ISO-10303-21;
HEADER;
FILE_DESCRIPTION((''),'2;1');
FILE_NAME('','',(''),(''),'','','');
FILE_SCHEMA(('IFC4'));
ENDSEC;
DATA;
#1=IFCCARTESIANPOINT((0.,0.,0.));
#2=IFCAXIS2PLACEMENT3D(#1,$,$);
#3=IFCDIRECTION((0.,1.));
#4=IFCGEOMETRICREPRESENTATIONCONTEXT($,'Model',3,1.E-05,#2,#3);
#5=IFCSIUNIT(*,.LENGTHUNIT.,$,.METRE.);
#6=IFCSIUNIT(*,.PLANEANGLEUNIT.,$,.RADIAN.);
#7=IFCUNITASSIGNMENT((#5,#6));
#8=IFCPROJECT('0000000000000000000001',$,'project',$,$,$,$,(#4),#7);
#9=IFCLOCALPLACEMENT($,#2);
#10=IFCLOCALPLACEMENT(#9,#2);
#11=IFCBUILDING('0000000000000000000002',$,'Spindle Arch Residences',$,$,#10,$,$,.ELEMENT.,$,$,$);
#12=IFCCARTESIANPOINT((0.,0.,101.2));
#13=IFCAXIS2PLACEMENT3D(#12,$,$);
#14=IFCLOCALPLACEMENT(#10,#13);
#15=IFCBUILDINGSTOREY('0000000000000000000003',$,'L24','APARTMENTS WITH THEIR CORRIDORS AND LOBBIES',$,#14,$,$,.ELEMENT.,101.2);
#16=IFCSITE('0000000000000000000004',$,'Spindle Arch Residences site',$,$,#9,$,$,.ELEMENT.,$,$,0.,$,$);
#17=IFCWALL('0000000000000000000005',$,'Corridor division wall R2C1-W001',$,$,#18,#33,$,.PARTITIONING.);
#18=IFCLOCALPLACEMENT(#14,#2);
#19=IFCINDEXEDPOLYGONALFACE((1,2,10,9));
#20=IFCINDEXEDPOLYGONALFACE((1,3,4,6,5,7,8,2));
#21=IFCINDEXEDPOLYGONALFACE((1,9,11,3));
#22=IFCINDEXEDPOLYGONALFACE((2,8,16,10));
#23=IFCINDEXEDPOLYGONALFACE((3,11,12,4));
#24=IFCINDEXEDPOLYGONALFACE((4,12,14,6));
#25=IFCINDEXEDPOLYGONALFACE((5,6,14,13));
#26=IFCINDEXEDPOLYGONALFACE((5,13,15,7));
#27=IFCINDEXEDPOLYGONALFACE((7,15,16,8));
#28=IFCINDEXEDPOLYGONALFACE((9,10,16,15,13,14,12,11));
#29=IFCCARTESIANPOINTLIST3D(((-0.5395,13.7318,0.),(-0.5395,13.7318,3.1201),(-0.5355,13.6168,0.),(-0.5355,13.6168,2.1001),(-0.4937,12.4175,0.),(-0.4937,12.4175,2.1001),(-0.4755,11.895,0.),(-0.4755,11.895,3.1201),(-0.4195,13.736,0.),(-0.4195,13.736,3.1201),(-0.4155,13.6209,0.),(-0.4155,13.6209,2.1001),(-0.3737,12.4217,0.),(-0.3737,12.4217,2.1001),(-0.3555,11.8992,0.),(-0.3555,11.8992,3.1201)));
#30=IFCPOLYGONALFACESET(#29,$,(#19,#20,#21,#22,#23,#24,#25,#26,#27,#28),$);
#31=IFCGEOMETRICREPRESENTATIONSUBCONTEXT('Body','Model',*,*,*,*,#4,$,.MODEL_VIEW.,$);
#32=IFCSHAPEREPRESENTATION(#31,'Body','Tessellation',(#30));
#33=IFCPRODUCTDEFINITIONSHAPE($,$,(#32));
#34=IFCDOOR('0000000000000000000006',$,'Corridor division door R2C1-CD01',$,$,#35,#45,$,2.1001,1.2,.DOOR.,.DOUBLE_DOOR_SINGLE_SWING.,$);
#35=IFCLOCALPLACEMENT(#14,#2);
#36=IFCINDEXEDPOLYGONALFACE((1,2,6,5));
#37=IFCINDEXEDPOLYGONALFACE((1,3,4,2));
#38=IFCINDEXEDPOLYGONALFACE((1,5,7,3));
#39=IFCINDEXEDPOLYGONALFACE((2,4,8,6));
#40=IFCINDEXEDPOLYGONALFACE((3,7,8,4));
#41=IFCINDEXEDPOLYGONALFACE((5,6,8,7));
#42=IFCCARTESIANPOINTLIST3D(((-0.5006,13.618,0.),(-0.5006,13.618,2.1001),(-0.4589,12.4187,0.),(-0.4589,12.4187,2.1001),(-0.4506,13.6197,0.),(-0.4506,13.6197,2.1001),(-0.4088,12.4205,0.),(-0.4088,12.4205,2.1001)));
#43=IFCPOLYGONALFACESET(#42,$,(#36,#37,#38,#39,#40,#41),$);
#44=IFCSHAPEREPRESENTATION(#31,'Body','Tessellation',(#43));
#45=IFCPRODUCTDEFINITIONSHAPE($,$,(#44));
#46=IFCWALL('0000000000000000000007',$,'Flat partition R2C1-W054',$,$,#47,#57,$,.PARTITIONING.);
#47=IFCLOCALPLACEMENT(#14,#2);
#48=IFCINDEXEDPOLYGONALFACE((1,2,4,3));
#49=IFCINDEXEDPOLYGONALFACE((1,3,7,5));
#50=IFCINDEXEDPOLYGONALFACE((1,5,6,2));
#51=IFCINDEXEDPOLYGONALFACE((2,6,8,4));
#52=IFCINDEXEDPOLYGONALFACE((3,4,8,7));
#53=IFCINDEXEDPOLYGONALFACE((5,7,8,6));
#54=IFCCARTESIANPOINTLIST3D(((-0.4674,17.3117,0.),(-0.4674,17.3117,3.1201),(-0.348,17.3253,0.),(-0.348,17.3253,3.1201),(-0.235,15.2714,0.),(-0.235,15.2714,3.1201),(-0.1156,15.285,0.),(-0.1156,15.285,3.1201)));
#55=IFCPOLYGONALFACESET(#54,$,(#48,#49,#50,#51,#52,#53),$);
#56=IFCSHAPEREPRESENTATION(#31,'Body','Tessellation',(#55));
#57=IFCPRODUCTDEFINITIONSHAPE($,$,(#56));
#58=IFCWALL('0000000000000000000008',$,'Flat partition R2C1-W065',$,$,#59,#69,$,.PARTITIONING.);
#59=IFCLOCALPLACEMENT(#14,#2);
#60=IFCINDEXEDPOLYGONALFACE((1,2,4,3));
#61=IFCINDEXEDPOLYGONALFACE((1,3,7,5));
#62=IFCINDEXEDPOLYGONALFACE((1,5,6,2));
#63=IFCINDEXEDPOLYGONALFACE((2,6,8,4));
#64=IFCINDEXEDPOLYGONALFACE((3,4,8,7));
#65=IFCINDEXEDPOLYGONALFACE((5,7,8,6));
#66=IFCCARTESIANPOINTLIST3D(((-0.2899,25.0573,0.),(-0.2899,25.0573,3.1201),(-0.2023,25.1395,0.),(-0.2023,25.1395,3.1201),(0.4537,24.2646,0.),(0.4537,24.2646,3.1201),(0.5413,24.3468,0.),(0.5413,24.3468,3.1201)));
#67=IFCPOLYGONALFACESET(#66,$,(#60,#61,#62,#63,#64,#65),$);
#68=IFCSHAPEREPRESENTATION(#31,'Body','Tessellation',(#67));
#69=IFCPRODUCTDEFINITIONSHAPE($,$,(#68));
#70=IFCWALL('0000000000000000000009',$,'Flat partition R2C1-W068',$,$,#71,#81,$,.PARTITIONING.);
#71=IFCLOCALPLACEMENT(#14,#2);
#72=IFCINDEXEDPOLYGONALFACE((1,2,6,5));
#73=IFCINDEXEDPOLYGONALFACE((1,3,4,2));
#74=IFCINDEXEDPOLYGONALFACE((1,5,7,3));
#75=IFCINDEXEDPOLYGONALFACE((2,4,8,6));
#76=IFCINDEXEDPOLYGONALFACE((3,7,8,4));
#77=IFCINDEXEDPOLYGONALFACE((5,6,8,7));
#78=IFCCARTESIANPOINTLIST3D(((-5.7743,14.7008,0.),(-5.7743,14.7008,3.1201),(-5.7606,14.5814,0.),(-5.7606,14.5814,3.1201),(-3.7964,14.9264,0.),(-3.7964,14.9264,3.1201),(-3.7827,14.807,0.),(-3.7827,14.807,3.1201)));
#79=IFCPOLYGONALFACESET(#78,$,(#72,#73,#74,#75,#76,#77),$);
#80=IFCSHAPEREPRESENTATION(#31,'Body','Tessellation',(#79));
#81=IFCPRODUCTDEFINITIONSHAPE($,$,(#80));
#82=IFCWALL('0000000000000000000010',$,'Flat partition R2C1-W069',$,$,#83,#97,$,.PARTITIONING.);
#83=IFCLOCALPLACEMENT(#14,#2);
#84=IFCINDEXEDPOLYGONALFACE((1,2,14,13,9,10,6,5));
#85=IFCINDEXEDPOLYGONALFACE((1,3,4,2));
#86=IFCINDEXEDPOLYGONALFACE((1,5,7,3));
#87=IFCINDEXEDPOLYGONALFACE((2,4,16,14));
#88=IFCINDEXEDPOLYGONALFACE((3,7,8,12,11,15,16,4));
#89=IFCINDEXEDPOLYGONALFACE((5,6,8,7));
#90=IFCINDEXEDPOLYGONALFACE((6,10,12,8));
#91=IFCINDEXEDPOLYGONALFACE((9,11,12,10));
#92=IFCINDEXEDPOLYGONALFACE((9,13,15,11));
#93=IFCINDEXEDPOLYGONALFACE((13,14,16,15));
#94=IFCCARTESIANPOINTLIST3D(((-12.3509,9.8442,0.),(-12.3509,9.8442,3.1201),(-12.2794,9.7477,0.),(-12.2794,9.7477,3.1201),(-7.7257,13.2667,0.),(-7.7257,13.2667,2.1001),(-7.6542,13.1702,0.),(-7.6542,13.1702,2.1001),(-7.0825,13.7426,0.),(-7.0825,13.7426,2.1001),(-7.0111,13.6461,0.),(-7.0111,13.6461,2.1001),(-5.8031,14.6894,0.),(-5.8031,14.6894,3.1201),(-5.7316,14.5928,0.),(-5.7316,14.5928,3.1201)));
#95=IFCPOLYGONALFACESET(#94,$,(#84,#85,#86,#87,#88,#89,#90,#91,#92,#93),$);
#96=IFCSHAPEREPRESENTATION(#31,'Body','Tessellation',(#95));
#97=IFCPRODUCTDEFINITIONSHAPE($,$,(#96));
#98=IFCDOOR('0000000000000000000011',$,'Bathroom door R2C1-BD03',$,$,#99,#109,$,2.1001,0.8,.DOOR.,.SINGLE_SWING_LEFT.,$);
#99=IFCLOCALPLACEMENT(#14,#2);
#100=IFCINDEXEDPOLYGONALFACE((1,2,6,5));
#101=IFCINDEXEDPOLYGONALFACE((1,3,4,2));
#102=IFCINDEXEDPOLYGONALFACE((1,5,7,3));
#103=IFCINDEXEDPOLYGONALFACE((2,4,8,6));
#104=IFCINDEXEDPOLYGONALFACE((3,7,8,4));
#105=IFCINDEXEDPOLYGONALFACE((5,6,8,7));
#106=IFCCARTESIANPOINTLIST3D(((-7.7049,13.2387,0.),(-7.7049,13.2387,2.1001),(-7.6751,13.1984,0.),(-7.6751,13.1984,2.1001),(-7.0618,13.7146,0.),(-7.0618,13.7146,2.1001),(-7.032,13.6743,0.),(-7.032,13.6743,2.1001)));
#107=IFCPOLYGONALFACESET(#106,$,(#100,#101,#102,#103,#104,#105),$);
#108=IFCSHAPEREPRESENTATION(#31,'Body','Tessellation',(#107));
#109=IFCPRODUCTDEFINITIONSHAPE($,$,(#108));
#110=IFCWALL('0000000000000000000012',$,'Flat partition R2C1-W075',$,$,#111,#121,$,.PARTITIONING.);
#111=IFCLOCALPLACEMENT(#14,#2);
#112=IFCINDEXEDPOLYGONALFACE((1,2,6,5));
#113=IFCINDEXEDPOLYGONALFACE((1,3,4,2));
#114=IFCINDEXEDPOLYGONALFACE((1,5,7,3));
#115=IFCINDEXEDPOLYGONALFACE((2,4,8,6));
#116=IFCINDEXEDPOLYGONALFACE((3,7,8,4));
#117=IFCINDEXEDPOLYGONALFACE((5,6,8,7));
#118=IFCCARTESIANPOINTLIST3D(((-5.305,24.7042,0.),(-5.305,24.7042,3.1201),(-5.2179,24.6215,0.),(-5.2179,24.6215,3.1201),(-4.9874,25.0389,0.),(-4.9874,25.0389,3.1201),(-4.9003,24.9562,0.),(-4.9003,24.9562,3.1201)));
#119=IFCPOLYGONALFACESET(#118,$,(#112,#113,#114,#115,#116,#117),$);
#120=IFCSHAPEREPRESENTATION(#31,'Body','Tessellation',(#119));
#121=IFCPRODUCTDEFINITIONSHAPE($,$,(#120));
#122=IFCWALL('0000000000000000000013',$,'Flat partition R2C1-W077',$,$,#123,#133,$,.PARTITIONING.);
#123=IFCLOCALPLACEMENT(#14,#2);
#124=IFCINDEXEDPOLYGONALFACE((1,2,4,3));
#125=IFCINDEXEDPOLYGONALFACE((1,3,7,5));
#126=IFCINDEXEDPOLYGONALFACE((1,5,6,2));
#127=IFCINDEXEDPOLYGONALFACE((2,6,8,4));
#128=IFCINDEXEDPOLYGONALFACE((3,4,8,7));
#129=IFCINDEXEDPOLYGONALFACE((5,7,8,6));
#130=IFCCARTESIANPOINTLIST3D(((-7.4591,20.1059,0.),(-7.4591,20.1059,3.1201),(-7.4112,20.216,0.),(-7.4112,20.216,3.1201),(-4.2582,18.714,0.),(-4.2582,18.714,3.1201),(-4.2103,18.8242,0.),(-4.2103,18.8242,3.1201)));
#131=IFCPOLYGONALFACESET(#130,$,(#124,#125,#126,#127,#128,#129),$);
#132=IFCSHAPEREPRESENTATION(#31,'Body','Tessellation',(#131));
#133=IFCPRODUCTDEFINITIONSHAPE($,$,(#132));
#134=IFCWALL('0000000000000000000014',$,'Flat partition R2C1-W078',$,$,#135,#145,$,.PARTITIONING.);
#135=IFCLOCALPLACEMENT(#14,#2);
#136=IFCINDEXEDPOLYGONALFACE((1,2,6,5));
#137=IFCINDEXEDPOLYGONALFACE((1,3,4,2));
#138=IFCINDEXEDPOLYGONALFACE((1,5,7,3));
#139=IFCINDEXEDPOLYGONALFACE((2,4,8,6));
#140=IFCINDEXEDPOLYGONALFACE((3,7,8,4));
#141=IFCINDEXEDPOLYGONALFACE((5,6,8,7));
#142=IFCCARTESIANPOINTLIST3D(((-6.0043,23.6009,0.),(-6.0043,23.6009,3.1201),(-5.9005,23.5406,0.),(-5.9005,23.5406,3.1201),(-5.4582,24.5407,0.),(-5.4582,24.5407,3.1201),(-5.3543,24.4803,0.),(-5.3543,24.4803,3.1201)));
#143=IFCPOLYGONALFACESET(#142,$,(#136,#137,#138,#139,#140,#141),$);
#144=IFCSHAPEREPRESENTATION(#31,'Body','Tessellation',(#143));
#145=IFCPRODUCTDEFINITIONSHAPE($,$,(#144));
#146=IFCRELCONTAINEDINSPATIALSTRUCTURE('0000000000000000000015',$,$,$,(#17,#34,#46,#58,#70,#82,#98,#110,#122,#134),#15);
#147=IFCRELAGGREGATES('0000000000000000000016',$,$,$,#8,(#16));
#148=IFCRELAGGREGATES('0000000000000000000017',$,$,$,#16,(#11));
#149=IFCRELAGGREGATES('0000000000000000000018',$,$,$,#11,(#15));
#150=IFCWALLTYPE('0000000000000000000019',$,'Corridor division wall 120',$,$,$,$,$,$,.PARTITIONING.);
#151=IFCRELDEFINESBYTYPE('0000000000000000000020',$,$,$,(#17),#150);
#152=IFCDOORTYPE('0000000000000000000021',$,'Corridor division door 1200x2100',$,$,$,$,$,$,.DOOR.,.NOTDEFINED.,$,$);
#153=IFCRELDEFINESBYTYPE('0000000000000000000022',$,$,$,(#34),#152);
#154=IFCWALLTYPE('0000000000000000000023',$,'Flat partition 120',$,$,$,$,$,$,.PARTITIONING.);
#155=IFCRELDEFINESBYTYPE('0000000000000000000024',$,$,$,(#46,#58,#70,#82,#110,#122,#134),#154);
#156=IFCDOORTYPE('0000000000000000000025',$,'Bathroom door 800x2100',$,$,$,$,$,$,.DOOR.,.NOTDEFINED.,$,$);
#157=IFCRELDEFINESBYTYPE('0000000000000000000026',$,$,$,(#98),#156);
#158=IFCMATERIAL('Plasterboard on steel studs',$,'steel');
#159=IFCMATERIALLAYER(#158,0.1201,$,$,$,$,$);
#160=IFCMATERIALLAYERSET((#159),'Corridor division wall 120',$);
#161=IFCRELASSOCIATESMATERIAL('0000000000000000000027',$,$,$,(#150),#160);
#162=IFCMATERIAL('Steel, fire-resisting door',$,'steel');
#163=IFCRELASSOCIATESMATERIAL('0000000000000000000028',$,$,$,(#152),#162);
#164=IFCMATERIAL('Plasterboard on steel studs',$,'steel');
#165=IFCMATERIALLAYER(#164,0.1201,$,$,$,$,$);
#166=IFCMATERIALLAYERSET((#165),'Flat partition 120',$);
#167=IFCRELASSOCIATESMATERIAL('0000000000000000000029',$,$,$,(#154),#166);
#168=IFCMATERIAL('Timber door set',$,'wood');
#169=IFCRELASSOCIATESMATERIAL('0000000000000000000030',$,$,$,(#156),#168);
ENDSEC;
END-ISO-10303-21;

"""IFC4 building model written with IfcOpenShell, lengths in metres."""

from ifc_helpers import new_model, si_unit, direction, frame, frame_2d, origin, place, context, subcontext, project, spatial, rectangle, extrude, material, layer, layer_set, type_object, element, fill, save


model = new_model("IFC4")

# Units and contexts
model_context = context("Model", 3, precision=1e-05, world=origin(), true_north=direction((0.0, 1.0)))
body_context = subcontext(model_context, "Body", "Model", "MODEL_VIEW")
ifc_project = project(units=[si_unit("LENGTHUNIT", "METRE"), si_unit("PLANEANGLEUNIT", "RADIAN")], contexts=[model_context])

# Site, building, storey
site_placement = place(None, origin())
site = spatial("IfcSite", under=ifc_project, at=site_placement, Name="Spindle Arch Residences site", CompositionType="ELEMENT", RefElevation=0.0)
building_placement = place(site_placement, origin())
building = spatial("IfcBuilding", under=site, at=building_placement, Name="Spindle Arch Residences", CompositionType="ELEMENT")
storey_placement = place(building_placement, frame((0.0, 0.0, 101.2)))
storey = spatial("IfcBuildingStorey", under=building, at=storey_placement, Name="L24", Description="APARTMENTS WITH THEIR CORRIDORS AND LOBBIES", CompositionType="ELEMENT", Elevation=101.2)

# Wall, opening, door
ifc_material_1 = material(Name="Plasterboard on steel studs", Category="steel")
ifc_layer_1 = layer(ifc_material_1, 0.1201)
ifc_layer_set_1 = layer_set([ifc_layer_1], Name="Corridor division wall 120")
wall_type_1 = type_object("IfcWallType", Name="Corridor division wall 120", PredefinedType="PARTITIONING", material=ifc_layer_set_1)
wall_1_placement = place(storey_placement, frame((-0.4795, 13.7339, 0.0), z_axis=(0.0, 0.0, 1.0), x_axis=(0.034805, -0.999394, 0.0)))
wall_1 = element("IfcWall", 1, at=wall_1_placement, inside=storey, type_object=wall_type_1, Name="Corridor division wall R2C1-W001", PredefinedType="PARTITIONING", context=body_context, shape_type="SweptSolid", body=[
    extrude(rectangle(XDim=1.8379, YDim=0.1201, at=frame_2d((0.9189, 0.0))), origin(), (0.0, 0.0, 1.0), 3.1201),
])
opening_1_placement = place(wall_1_placement, frame((0.115, 0.0, 0.0)))
opening_1 = element("IfcOpeningElement", 2, at=opening_1_placement, cuts=wall_1, PredefinedType="OPENING", context=body_context, shape_type="SweptSolid", body=[
    extrude(rectangle(XDim=1.2, YDim=2.1001, at=frame_2d((0.6001, 1.05))), frame((0.0, 0.0701, 0.0), z_axis=(0.0, -1.0, 0.0), x_axis=(1.0, 0.0, 0.0)), (0.0, 0.0, 1.0), 0.1401),
])
ifc_material_2 = material(Name="Steel, fire-resisting door", Category="steel")
door_type_1 = type_object("IfcDoorType", Name="Corridor division door 1200x2100", OperationType="NOTDEFINED", PredefinedType="DOOR", material=ifc_material_2)
door_1_placement = place(opening_1_placement, origin())
door_1 = element("IfcDoor", 3, at=door_1_placement, inside=storey, type_object=door_type_1, Name="Corridor division door R2C1-CD01", OperationType="DOUBLE_DOOR_SINGLE_SWING", OverallHeight=2.1001, OverallWidth=1.2, PredefinedType="DOOR", context=body_context, shape_type="SweptSolid", body=[
    extrude(rectangle(XDim=1.2, YDim=2.1001, at=frame_2d((0.6001, 1.05))), frame((0.0, 0.0249, 0.0), z_axis=(0.0, -1.0, 0.0), x_axis=(1.0, 0.0, 0.0)), (0.0, 0.0, 1.0), 0.05),
])
fill(opening_1, door_1)

# Walls
ifc_material_3 = material(Name="Plasterboard on steel studs", Category="steel")
ifc_layer_2 = layer(ifc_material_3, 0.1201)
ifc_layer_set_2 = layer_set([ifc_layer_2], Name="Flat partition 120")
wall_type_2 = type_object("IfcWallType", Name="Flat partition 120", PredefinedType="PARTITIONING", material=ifc_layer_set_2)
wall_2_placement = place(storey_placement, frame((-0.4077, 17.3186, 0.0), z_axis=(0.0, 0.0, 1.0), x_axis=(0.113184, -0.993574, 0.0)))
element("IfcWall", 4, at=wall_2_placement, inside=storey, type_object=wall_type_2, Name="Flat partition R2C1-W054", PredefinedType="PARTITIONING", context=body_context, shape_type="SweptSolid", body=[
    extrude(rectangle(XDim=2.0535, YDim=0.1201, at=frame_2d((1.0269, 0.0))), origin(), (0.0, 0.0, 1.0), 3.1201),
])
wall_3_placement = place(storey_placement, frame((-0.2461, 25.0984, 0.0), z_axis=(0.0, 0.0, 1.0), x_axis=(0.684173, -0.72932, 0.0)))
element("IfcWall", 5, at=wall_3_placement, inside=storey, type_object=wall_type_2, Name="Flat partition R2C1-W065", PredefinedType="PARTITIONING", context=body_context, shape_type="SweptSolid", body=[
    extrude(rectangle(XDim=1.0869, YDim=0.1201, at=frame_2d((0.5435, 0.0))), origin(), (0.0, 0.0, 1.0), 3.1201),
])
wall_4_placement = place(storey_placement, frame((-3.7896, 14.8667, 0.0), z_axis=(0.0, 0.0, 1.0), x_axis=(-0.993558, -0.113325, 0.0)))
element("IfcWall", 6, at=wall_4_placement, inside=storey, type_object=wall_type_2, Name="Flat partition R2C1-W068", PredefinedType="PARTITIONING", context=body_context, shape_type="SweptSolid", body=[
    extrude(rectangle(XDim=1.9907, YDim=0.1201, at=frame_2d((0.9954, 0.0))), origin(), (0.0, 0.0, 1.0), 3.1201),
])

# Wall, opening, door
wall_5_placement = place(storey_placement, frame((-5.7673, 14.6411, 0.0), z_axis=(0.0, 0.0, 1.0), x_axis=(-0.803853, -0.594828, 0.0)))
wall_5 = element("IfcWall", 7, at=wall_5_placement, inside=storey, type_object=wall_type_2, Name="Flat partition R2C1-W069", PredefinedType="PARTITIONING", context=body_context, shape_type="SweptSolid", body=[
    extrude(rectangle(XDim=8.1455, YDim=0.1201, at=frame_2d((4.0728, 0.0))), origin(), (0.0, 0.0, 1.0), 3.1201),
])
opening_2_placement = place(wall_5_placement, frame((1.5918, 0.0, 0.0)))
opening_2 = element("IfcOpeningElement", 8, at=opening_2_placement, cuts=wall_5, PredefinedType="OPENING", context=body_context, shape_type="SweptSolid", body=[
    extrude(rectangle(XDim=0.8, YDim=2.1001, at=frame_2d((0.3999, 1.05))), frame((0.0, 0.0701, 0.0), z_axis=(0.0, -1.0, 0.0), x_axis=(1.0, 0.0, 0.0)), (0.0, 0.0, 1.0), 0.1401),
])
ifc_material_4 = material(Name="Timber door set", Category="wood")
door_type_2 = type_object("IfcDoorType", Name="Bathroom door 800x2100", OperationType="NOTDEFINED", PredefinedType="DOOR", material=ifc_material_4)
door_2_placement = place(opening_2_placement, origin())
door_2 = element("IfcDoor", 9, at=door_2_placement, inside=storey, type_object=door_type_2, Name="Bathroom door R2C1-BD03", OperationType="SINGLE_SWING_LEFT", OverallHeight=2.1001, OverallWidth=0.8, PredefinedType="DOOR", context=body_context, shape_type="SweptSolid", body=[
    extrude(rectangle(XDim=0.8, YDim=2.1001, at=frame_2d((0.3999, 1.05))), frame((0.0, 0.0249, 0.0), z_axis=(0.0, -1.0, 0.0), x_axis=(1.0, 0.0, 0.0)), (0.0, 0.0, 1.0), 0.05),
])
fill(opening_2, door_2)

# Walls
wall_6_placement = place(storey_placement, frame((-5.2615, 24.6628, 0.0), z_axis=(0.0, 0.0, 1.0), x_axis=(0.688346, 0.725382, 0.0)))
element("IfcWall", 10, at=wall_6_placement, inside=storey, type_object=wall_type_2, Name="Flat partition R2C1-W075", PredefinedType="PARTITIONING", context=body_context, shape_type="SweptSolid", body=[
    extrude(rectangle(XDim=0.4614, YDim=0.1201, at=frame_2d((0.2307, 0.0))), origin(), (0.0, 0.0, 1.0), 3.1201),
])
wall_7_placement = place(storey_placement, frame((-7.4351, 20.1609, 0.0), z_axis=(0.0, 0.0, 1.0), x_axis=(0.917056, -0.398759, 0.0)))
element("IfcWall", 11, at=wall_7_placement, inside=storey, type_object=wall_type_2, Name="Flat partition R2C1-W077", PredefinedType="PARTITIONING", context=body_context, shape_type="SweptSolid", body=[
    extrude(rectangle(XDim=3.4905, YDim=0.1201, at=frame_2d((1.7451, 0.0))), origin(), (0.0, 0.0, 1.0), 3.1201),
])
wall_8_placement = place(storey_placement, frame((-5.4062, 24.5105, 0.0), z_axis=(0.0, 0.0, 1.0), x_axis=(-0.502488, -0.864584, 0.0)))
element("IfcWall", 12, at=wall_8_placement, inside=storey, type_object=wall_type_2, Name="Flat partition R2C1-W078", PredefinedType="PARTITIONING", context=body_context, shape_type="SweptSolid", body=[
    extrude(rectangle(XDim=1.0869, YDim=0.1201, at=frame_2d((0.5435, 0.0))), origin(), (0.0, 0.0, 1.0), 3.1201),
])

save(model, "model.ifc")
